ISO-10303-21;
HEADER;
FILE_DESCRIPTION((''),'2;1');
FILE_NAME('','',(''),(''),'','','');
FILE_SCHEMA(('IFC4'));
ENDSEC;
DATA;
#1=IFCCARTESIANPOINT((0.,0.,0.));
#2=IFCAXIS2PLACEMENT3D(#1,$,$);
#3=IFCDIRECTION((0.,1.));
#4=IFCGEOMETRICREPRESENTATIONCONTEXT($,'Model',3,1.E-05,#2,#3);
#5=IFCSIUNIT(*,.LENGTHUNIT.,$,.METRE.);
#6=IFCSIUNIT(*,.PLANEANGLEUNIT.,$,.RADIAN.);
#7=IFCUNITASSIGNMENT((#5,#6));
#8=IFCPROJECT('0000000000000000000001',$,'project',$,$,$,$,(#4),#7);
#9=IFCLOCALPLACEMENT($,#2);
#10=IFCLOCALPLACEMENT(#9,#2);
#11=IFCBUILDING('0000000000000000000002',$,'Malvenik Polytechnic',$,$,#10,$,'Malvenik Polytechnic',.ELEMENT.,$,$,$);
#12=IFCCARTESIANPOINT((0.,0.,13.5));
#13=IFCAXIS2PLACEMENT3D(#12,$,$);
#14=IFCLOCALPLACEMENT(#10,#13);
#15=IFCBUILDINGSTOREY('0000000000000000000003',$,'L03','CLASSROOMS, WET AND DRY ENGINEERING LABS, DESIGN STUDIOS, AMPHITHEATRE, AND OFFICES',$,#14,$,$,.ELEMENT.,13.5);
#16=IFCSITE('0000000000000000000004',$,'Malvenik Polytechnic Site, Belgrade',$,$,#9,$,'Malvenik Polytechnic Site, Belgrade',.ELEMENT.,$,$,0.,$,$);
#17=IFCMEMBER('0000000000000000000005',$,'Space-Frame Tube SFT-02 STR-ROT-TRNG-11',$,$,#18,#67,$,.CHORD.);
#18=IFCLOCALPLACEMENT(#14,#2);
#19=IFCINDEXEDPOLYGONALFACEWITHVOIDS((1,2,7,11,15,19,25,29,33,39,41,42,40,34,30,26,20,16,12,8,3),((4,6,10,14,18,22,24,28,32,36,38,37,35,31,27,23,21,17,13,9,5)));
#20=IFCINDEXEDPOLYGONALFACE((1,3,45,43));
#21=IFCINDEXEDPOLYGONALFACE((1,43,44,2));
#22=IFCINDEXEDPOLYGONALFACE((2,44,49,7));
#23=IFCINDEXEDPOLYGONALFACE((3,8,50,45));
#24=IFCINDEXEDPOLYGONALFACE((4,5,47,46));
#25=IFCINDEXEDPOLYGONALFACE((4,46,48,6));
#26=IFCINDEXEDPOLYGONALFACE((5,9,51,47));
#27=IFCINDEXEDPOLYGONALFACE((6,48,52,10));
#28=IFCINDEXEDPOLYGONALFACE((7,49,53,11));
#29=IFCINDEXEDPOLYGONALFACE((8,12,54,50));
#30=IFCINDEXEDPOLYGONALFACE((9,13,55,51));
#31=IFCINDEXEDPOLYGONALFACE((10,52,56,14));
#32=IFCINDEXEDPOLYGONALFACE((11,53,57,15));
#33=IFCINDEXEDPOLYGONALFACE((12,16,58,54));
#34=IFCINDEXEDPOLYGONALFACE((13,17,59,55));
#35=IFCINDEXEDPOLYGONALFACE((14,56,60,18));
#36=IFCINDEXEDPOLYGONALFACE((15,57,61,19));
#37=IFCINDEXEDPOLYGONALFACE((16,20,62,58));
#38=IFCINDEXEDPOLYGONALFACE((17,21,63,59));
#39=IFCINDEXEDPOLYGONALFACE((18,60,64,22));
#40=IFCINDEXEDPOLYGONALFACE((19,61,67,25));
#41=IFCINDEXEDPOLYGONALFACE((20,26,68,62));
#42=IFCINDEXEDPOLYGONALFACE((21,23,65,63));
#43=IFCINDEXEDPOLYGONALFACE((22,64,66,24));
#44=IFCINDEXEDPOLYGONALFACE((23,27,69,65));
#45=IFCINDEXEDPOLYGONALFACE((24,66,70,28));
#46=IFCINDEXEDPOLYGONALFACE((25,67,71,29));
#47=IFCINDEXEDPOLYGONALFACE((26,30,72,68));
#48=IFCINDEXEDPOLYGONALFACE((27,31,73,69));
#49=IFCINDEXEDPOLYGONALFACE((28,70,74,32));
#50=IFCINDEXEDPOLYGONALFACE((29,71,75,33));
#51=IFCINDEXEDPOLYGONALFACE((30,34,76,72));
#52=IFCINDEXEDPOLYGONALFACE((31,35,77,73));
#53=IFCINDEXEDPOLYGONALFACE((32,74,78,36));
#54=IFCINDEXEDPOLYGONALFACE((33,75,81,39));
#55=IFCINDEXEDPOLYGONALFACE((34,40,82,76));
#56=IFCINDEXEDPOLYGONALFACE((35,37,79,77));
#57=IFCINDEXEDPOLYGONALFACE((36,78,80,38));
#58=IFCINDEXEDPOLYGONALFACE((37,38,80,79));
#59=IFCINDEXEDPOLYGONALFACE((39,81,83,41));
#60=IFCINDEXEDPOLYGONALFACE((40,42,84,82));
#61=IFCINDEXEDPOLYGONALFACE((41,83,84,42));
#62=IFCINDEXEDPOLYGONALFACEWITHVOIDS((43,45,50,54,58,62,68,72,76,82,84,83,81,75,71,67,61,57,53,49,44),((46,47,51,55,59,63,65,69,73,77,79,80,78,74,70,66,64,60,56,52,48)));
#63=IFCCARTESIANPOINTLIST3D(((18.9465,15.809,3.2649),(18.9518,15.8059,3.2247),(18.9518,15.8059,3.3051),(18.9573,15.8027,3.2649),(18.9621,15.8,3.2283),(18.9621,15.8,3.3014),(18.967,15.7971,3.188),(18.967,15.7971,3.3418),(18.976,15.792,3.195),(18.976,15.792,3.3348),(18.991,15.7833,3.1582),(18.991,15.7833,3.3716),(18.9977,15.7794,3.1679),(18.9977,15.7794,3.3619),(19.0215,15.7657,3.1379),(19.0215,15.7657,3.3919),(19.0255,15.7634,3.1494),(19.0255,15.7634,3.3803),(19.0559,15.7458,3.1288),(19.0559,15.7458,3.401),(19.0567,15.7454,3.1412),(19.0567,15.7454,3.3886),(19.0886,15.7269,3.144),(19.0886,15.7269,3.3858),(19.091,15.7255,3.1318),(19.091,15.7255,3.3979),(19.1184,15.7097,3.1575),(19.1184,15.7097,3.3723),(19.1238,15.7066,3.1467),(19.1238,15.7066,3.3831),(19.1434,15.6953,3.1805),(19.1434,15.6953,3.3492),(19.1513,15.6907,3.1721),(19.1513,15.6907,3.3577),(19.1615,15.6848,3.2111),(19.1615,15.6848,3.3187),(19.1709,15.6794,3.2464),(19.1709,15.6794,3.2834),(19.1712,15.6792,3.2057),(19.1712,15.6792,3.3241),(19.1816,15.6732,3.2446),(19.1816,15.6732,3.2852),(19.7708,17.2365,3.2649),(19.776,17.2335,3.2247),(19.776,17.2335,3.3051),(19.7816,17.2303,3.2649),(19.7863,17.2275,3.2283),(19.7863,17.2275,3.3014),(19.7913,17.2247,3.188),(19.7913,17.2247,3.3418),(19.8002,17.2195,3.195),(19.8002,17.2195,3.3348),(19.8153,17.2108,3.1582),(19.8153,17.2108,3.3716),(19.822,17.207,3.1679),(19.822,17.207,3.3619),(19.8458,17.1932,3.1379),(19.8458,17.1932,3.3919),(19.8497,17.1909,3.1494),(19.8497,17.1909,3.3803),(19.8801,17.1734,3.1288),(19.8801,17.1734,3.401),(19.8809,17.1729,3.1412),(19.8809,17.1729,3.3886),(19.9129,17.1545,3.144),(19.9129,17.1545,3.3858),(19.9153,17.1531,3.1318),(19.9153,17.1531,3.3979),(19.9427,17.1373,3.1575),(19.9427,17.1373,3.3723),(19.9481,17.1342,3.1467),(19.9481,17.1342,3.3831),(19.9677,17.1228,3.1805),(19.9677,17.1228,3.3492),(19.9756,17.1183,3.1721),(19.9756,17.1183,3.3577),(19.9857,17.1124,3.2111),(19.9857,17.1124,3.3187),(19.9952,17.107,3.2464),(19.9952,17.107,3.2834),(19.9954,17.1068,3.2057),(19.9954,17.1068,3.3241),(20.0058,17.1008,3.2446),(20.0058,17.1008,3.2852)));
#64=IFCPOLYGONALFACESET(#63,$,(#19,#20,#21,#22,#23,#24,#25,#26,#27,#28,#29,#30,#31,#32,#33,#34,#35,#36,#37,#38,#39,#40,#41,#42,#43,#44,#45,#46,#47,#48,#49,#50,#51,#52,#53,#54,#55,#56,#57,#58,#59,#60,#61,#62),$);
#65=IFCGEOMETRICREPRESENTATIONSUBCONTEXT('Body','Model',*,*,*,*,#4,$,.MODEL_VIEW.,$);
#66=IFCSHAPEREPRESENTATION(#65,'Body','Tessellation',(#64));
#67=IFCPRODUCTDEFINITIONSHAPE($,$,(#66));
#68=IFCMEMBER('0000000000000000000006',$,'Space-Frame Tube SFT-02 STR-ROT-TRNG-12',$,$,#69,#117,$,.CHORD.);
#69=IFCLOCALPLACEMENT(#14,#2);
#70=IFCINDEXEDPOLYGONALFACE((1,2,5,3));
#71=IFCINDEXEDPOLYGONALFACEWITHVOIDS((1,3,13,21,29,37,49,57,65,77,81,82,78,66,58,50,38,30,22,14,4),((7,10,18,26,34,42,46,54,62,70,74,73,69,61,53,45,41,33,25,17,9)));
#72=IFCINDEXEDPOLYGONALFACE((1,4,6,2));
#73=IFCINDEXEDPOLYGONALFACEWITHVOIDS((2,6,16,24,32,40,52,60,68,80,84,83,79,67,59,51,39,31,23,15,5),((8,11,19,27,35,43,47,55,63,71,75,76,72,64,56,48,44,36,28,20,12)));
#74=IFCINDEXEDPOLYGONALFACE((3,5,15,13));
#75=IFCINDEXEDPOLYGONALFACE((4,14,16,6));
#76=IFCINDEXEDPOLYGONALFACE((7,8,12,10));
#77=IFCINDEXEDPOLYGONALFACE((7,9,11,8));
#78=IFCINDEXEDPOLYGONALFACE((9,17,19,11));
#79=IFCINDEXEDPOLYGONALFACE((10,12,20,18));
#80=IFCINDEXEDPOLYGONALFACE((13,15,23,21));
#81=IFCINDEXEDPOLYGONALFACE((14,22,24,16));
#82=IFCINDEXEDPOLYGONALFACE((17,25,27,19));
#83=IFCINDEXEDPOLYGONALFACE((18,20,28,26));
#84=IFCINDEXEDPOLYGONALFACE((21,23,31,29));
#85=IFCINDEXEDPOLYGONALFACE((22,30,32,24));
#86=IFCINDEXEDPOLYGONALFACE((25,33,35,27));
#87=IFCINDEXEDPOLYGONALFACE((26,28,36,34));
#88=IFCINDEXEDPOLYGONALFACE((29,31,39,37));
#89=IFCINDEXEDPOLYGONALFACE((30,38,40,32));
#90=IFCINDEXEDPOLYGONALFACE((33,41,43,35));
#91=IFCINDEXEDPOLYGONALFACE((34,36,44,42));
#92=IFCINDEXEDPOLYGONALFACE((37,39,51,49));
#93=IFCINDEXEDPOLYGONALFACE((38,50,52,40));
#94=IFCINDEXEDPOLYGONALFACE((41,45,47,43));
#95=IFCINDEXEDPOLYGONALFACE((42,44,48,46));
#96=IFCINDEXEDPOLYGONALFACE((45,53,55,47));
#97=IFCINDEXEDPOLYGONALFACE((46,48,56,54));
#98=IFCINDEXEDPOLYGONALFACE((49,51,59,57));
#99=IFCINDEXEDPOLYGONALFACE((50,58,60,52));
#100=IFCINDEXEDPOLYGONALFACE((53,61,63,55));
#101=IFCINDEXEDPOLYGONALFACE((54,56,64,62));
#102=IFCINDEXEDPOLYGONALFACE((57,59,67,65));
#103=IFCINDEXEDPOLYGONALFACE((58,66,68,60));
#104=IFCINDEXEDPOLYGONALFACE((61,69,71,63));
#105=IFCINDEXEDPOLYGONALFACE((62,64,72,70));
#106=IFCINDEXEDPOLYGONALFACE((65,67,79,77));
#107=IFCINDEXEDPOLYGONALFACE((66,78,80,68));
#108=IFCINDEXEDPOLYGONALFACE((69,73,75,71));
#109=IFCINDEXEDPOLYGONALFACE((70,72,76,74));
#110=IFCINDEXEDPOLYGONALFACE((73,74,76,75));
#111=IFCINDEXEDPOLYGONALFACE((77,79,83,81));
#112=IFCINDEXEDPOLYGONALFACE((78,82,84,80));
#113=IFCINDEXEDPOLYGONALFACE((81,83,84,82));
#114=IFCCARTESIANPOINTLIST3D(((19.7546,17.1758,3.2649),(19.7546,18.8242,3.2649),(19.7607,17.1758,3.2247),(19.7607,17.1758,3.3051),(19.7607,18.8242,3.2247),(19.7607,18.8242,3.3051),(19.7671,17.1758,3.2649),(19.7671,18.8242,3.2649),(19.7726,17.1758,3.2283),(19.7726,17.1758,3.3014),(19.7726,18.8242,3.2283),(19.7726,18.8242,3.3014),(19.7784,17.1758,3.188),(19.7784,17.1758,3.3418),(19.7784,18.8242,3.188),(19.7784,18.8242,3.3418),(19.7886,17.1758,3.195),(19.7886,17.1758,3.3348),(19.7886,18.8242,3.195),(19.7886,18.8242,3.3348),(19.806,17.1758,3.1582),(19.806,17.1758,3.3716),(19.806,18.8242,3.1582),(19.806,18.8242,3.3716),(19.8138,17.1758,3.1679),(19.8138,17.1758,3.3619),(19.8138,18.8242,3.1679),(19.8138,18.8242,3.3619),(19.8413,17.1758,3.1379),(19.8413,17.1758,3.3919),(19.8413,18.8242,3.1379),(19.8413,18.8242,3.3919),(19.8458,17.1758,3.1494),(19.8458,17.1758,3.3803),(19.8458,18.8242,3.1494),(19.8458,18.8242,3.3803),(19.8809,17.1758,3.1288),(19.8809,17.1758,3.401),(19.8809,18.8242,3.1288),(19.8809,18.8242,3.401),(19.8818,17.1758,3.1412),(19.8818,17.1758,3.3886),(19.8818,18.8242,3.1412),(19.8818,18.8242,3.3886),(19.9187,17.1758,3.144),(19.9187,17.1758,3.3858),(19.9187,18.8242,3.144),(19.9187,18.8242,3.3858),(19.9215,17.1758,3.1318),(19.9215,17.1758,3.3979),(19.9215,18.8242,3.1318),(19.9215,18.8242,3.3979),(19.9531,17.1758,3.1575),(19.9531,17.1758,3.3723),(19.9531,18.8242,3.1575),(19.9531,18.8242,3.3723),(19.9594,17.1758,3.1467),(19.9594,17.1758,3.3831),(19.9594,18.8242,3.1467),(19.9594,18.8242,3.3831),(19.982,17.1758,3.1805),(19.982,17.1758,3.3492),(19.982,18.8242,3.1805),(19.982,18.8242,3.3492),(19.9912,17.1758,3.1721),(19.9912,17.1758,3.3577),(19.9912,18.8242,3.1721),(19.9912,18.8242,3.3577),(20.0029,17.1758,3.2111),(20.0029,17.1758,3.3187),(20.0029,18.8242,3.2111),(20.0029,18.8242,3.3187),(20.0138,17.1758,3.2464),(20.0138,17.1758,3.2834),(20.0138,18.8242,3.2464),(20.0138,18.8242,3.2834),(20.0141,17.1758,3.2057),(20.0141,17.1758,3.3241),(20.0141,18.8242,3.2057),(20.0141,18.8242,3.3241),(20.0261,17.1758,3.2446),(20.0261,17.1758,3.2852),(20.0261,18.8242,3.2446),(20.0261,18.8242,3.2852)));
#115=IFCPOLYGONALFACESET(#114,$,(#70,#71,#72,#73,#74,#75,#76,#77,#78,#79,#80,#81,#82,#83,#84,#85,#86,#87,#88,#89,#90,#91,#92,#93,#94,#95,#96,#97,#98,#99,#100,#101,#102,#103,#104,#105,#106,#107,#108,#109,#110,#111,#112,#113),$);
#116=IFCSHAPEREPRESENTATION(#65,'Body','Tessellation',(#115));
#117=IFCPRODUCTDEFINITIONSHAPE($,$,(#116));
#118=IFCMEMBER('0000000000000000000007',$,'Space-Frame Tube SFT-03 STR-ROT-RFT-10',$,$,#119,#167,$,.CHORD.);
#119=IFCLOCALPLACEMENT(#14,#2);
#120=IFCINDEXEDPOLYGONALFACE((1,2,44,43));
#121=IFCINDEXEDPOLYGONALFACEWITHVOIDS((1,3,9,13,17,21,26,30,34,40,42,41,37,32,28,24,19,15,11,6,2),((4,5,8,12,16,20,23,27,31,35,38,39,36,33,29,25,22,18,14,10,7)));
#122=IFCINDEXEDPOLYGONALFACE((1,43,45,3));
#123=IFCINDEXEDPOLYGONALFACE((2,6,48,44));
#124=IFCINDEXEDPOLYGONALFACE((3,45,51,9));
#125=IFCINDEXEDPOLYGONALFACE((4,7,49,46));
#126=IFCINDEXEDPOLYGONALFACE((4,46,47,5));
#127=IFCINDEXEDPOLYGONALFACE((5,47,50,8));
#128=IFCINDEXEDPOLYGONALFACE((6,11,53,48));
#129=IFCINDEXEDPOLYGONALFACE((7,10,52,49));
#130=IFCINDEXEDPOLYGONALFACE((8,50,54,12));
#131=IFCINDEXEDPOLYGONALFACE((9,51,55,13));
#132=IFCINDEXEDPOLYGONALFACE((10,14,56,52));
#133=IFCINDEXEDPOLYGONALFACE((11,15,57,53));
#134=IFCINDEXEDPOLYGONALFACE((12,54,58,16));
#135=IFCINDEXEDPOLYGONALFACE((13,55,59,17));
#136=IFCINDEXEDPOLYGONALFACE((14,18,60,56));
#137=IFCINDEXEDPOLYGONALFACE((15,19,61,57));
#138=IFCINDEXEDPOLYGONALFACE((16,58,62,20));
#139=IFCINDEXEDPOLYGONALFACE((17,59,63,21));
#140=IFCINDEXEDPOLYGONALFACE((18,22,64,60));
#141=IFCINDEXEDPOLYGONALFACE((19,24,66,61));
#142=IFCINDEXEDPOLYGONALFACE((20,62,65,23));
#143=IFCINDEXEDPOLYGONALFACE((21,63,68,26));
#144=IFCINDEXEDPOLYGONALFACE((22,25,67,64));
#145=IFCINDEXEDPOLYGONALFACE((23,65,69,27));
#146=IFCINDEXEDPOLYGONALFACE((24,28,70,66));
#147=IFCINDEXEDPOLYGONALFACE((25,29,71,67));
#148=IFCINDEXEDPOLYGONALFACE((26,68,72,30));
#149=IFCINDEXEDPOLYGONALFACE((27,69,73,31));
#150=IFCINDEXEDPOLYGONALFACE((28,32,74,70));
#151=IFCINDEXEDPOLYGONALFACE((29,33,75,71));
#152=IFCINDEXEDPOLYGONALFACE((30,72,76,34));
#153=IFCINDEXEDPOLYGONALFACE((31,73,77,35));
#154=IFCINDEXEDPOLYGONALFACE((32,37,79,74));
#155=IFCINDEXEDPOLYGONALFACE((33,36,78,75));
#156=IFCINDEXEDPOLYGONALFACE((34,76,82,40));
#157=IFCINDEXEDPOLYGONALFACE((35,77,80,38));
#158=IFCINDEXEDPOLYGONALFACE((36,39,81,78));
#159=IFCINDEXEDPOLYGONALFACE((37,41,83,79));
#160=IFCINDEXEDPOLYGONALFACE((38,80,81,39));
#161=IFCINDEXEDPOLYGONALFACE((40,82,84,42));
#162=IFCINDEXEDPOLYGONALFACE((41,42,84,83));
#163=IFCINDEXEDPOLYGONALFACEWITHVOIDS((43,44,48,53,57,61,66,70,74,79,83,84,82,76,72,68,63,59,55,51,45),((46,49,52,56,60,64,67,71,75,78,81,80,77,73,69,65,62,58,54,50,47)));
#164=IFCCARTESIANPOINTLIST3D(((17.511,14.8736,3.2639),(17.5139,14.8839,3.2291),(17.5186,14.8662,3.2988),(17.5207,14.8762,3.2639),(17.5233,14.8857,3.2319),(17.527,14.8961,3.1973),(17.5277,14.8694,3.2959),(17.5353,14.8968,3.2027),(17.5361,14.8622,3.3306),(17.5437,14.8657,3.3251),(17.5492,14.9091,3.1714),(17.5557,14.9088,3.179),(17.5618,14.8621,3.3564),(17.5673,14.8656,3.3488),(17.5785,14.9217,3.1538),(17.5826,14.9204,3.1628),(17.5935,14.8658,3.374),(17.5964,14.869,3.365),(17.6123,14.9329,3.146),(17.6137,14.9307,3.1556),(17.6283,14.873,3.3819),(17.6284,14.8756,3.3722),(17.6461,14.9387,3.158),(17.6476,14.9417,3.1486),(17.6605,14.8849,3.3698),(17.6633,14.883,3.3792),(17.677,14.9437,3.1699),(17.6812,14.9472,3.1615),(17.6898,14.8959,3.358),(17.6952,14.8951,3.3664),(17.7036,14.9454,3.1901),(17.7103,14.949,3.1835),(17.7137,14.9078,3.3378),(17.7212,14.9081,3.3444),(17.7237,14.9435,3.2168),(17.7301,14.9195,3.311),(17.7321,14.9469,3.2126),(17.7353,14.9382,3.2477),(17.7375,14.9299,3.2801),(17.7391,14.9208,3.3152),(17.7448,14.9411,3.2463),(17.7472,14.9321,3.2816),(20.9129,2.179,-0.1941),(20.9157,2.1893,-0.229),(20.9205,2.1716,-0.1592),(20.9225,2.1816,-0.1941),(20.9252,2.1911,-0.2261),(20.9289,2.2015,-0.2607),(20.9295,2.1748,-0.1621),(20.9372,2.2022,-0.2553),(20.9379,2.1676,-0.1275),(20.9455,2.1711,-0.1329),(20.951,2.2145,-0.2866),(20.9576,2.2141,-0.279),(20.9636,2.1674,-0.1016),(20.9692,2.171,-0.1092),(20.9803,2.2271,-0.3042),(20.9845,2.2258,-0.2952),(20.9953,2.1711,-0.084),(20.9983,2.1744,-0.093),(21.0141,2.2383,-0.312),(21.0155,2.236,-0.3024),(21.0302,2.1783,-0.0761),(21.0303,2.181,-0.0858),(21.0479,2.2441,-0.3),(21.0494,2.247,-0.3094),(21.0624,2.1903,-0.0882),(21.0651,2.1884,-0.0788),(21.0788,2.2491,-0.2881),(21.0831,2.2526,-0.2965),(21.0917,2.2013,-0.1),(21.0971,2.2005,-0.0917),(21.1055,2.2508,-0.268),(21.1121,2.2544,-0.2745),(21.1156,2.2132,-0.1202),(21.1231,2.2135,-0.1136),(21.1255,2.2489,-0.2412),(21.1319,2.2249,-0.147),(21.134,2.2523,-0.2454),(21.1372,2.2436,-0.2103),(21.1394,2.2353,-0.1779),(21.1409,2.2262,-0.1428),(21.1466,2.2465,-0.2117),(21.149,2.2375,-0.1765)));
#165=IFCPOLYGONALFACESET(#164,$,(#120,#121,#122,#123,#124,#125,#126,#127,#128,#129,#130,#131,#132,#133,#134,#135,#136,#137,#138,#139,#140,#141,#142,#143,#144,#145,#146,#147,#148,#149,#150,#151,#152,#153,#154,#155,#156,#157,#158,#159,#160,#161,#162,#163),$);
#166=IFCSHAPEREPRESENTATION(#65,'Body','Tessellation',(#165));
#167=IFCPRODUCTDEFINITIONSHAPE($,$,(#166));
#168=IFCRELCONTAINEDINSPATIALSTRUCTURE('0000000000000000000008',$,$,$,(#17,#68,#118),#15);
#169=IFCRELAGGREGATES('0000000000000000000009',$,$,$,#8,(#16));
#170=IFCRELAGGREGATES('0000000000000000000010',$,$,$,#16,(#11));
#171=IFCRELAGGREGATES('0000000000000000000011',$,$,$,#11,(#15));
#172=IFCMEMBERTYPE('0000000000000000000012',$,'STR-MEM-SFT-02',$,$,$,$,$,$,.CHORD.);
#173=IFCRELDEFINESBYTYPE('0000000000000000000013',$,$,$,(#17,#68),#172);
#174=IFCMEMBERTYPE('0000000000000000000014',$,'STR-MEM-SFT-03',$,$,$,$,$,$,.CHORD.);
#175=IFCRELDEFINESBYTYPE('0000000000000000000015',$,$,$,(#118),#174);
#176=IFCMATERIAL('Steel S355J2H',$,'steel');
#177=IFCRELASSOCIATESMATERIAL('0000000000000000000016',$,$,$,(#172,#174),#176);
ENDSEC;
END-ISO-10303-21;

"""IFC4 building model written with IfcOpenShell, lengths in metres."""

from ifc_helpers import new_model, si_unit, direction, frame, origin, origin_2d, place, context, subcontext, project, spatial, hollow_circle, extrude, material, material_profile, profile_set, type_object, element, save


model = new_model("IFC4")

# Units and contexts
model_context = context("Model", 3, precision=1e-05, world=origin(), true_north=direction((0.0, 1.0)))
body_context = subcontext(model_context, "Body", "Model", "MODEL_VIEW")
ifc_project = project(units=[si_unit("LENGTHUNIT", "METRE"), si_unit("PLANEANGLEUNIT", "RADIAN")], contexts=[model_context])

# Site, building, storey
site_placement = place(None, origin())
site = spatial("IfcSite", under=ifc_project, at=site_placement, Name="Malvenik Polytechnic Site, Belgrade", LongName="Malvenik Polytechnic Site, Belgrade", CompositionType="ELEMENT", RefElevation=0.0)
building_placement = place(site_placement, origin())
building = spatial("IfcBuilding", under=site, at=building_placement, Name="Malvenik Polytechnic", LongName="Malvenik Polytechnic", CompositionType="ELEMENT")
storey_placement = place(building_placement, frame((0.0, 0.0, 13.5)))
storey = spatial("IfcBuildingStorey", under=building, at=storey_placement, Name="L03", Description="CLASSROOMS, WET AND DRY ENGINEERING LABS, DESIGN STUDIOS, AMPHITHEATRE, AND OFFICES", CompositionType="ELEMENT", Elevation=13.5)

# Members
ifc_material_1 = material(Name="Steel S355J2H", Category="steel")
ifc_material_profile_1 = material_profile(ifc_material_1, hollow_circle(Radius=0.1365, WallThickness=0.0125, at=origin_2d()), Name="CHS 273.0x12.5")
ifc_profile_set_1 = profile_set([ifc_material_profile_1], Name="Steel S355J2H")
member_type_1 = type_object("IfcMemberType", Name="STR-MEM-SFT-02", PredefinedType="CHORD", material=ifc_profile_set_1)
for number, where, z_axis, x_axis, name in (
    (1, (19.0647, 15.7407, 3.2649), (0.500026, 0.86601, 0.0), (-0.86601, 0.500026, 0.0), "Space-Frame Tube SFT-02 STR-ROT-TRNG-11"),
    (2, (19.8911, 17.1758, 3.2649), (0.0, 1.0, 0.0), (-1.0, 0.0, 0.0), "Space-Frame Tube SFT-02 STR-ROT-TRNG-12"),
):
    element("IfcMember", number, at=place(storey_placement, frame(where, z_axis=z_axis, x_axis=x_axis)), inside=storey, type_object=member_type_1, Name=name, PredefinedType="CHORD", context=body_context, shape_type="SweptSolid", body=[
        extrude(hollow_circle(Radius=0.1365, WallThickness=0.0125, at=origin_2d()), origin(), (0.0, 0.0, 1.0), 1.6484),
    ])
ifc_material_profile_2 = material_profile(ifc_material_1, hollow_circle(Radius=0.1223, WallThickness=0.01, at=origin_2d()), Name="CHS 244.5x10.0")
ifc_profile_set_2 = profile_set([ifc_material_profile_2], Name="Steel S355J2H")
member_type_2 = type_object("IfcMemberType", Name="STR-MEM-SFT-03", PredefinedType="CHORD", material=ifc_profile_set_2)
member_1_placement = place(storey_placement, frame((21.031, 2.2107, -0.1941), z_axis=(-0.250324, 0.934125, 0.254456), x_axis=(-0.965919, -0.258844, 0.0)))
element("IfcMember", 3, at=member_1_placement, inside=storey, type_object=member_type_2, Name="Space-Frame Tube SFT-03 STR-ROT-RFT-10", PredefinedType="CHORD", context=body_context, shape_type="SweptSolid", body=[
    extrude(hollow_circle(Radius=0.1223, WallThickness=0.01, at=origin_2d()), origin(), (0.0, 0.0, 1.0), 13.5898),
])

save(model, "model.ifc")
